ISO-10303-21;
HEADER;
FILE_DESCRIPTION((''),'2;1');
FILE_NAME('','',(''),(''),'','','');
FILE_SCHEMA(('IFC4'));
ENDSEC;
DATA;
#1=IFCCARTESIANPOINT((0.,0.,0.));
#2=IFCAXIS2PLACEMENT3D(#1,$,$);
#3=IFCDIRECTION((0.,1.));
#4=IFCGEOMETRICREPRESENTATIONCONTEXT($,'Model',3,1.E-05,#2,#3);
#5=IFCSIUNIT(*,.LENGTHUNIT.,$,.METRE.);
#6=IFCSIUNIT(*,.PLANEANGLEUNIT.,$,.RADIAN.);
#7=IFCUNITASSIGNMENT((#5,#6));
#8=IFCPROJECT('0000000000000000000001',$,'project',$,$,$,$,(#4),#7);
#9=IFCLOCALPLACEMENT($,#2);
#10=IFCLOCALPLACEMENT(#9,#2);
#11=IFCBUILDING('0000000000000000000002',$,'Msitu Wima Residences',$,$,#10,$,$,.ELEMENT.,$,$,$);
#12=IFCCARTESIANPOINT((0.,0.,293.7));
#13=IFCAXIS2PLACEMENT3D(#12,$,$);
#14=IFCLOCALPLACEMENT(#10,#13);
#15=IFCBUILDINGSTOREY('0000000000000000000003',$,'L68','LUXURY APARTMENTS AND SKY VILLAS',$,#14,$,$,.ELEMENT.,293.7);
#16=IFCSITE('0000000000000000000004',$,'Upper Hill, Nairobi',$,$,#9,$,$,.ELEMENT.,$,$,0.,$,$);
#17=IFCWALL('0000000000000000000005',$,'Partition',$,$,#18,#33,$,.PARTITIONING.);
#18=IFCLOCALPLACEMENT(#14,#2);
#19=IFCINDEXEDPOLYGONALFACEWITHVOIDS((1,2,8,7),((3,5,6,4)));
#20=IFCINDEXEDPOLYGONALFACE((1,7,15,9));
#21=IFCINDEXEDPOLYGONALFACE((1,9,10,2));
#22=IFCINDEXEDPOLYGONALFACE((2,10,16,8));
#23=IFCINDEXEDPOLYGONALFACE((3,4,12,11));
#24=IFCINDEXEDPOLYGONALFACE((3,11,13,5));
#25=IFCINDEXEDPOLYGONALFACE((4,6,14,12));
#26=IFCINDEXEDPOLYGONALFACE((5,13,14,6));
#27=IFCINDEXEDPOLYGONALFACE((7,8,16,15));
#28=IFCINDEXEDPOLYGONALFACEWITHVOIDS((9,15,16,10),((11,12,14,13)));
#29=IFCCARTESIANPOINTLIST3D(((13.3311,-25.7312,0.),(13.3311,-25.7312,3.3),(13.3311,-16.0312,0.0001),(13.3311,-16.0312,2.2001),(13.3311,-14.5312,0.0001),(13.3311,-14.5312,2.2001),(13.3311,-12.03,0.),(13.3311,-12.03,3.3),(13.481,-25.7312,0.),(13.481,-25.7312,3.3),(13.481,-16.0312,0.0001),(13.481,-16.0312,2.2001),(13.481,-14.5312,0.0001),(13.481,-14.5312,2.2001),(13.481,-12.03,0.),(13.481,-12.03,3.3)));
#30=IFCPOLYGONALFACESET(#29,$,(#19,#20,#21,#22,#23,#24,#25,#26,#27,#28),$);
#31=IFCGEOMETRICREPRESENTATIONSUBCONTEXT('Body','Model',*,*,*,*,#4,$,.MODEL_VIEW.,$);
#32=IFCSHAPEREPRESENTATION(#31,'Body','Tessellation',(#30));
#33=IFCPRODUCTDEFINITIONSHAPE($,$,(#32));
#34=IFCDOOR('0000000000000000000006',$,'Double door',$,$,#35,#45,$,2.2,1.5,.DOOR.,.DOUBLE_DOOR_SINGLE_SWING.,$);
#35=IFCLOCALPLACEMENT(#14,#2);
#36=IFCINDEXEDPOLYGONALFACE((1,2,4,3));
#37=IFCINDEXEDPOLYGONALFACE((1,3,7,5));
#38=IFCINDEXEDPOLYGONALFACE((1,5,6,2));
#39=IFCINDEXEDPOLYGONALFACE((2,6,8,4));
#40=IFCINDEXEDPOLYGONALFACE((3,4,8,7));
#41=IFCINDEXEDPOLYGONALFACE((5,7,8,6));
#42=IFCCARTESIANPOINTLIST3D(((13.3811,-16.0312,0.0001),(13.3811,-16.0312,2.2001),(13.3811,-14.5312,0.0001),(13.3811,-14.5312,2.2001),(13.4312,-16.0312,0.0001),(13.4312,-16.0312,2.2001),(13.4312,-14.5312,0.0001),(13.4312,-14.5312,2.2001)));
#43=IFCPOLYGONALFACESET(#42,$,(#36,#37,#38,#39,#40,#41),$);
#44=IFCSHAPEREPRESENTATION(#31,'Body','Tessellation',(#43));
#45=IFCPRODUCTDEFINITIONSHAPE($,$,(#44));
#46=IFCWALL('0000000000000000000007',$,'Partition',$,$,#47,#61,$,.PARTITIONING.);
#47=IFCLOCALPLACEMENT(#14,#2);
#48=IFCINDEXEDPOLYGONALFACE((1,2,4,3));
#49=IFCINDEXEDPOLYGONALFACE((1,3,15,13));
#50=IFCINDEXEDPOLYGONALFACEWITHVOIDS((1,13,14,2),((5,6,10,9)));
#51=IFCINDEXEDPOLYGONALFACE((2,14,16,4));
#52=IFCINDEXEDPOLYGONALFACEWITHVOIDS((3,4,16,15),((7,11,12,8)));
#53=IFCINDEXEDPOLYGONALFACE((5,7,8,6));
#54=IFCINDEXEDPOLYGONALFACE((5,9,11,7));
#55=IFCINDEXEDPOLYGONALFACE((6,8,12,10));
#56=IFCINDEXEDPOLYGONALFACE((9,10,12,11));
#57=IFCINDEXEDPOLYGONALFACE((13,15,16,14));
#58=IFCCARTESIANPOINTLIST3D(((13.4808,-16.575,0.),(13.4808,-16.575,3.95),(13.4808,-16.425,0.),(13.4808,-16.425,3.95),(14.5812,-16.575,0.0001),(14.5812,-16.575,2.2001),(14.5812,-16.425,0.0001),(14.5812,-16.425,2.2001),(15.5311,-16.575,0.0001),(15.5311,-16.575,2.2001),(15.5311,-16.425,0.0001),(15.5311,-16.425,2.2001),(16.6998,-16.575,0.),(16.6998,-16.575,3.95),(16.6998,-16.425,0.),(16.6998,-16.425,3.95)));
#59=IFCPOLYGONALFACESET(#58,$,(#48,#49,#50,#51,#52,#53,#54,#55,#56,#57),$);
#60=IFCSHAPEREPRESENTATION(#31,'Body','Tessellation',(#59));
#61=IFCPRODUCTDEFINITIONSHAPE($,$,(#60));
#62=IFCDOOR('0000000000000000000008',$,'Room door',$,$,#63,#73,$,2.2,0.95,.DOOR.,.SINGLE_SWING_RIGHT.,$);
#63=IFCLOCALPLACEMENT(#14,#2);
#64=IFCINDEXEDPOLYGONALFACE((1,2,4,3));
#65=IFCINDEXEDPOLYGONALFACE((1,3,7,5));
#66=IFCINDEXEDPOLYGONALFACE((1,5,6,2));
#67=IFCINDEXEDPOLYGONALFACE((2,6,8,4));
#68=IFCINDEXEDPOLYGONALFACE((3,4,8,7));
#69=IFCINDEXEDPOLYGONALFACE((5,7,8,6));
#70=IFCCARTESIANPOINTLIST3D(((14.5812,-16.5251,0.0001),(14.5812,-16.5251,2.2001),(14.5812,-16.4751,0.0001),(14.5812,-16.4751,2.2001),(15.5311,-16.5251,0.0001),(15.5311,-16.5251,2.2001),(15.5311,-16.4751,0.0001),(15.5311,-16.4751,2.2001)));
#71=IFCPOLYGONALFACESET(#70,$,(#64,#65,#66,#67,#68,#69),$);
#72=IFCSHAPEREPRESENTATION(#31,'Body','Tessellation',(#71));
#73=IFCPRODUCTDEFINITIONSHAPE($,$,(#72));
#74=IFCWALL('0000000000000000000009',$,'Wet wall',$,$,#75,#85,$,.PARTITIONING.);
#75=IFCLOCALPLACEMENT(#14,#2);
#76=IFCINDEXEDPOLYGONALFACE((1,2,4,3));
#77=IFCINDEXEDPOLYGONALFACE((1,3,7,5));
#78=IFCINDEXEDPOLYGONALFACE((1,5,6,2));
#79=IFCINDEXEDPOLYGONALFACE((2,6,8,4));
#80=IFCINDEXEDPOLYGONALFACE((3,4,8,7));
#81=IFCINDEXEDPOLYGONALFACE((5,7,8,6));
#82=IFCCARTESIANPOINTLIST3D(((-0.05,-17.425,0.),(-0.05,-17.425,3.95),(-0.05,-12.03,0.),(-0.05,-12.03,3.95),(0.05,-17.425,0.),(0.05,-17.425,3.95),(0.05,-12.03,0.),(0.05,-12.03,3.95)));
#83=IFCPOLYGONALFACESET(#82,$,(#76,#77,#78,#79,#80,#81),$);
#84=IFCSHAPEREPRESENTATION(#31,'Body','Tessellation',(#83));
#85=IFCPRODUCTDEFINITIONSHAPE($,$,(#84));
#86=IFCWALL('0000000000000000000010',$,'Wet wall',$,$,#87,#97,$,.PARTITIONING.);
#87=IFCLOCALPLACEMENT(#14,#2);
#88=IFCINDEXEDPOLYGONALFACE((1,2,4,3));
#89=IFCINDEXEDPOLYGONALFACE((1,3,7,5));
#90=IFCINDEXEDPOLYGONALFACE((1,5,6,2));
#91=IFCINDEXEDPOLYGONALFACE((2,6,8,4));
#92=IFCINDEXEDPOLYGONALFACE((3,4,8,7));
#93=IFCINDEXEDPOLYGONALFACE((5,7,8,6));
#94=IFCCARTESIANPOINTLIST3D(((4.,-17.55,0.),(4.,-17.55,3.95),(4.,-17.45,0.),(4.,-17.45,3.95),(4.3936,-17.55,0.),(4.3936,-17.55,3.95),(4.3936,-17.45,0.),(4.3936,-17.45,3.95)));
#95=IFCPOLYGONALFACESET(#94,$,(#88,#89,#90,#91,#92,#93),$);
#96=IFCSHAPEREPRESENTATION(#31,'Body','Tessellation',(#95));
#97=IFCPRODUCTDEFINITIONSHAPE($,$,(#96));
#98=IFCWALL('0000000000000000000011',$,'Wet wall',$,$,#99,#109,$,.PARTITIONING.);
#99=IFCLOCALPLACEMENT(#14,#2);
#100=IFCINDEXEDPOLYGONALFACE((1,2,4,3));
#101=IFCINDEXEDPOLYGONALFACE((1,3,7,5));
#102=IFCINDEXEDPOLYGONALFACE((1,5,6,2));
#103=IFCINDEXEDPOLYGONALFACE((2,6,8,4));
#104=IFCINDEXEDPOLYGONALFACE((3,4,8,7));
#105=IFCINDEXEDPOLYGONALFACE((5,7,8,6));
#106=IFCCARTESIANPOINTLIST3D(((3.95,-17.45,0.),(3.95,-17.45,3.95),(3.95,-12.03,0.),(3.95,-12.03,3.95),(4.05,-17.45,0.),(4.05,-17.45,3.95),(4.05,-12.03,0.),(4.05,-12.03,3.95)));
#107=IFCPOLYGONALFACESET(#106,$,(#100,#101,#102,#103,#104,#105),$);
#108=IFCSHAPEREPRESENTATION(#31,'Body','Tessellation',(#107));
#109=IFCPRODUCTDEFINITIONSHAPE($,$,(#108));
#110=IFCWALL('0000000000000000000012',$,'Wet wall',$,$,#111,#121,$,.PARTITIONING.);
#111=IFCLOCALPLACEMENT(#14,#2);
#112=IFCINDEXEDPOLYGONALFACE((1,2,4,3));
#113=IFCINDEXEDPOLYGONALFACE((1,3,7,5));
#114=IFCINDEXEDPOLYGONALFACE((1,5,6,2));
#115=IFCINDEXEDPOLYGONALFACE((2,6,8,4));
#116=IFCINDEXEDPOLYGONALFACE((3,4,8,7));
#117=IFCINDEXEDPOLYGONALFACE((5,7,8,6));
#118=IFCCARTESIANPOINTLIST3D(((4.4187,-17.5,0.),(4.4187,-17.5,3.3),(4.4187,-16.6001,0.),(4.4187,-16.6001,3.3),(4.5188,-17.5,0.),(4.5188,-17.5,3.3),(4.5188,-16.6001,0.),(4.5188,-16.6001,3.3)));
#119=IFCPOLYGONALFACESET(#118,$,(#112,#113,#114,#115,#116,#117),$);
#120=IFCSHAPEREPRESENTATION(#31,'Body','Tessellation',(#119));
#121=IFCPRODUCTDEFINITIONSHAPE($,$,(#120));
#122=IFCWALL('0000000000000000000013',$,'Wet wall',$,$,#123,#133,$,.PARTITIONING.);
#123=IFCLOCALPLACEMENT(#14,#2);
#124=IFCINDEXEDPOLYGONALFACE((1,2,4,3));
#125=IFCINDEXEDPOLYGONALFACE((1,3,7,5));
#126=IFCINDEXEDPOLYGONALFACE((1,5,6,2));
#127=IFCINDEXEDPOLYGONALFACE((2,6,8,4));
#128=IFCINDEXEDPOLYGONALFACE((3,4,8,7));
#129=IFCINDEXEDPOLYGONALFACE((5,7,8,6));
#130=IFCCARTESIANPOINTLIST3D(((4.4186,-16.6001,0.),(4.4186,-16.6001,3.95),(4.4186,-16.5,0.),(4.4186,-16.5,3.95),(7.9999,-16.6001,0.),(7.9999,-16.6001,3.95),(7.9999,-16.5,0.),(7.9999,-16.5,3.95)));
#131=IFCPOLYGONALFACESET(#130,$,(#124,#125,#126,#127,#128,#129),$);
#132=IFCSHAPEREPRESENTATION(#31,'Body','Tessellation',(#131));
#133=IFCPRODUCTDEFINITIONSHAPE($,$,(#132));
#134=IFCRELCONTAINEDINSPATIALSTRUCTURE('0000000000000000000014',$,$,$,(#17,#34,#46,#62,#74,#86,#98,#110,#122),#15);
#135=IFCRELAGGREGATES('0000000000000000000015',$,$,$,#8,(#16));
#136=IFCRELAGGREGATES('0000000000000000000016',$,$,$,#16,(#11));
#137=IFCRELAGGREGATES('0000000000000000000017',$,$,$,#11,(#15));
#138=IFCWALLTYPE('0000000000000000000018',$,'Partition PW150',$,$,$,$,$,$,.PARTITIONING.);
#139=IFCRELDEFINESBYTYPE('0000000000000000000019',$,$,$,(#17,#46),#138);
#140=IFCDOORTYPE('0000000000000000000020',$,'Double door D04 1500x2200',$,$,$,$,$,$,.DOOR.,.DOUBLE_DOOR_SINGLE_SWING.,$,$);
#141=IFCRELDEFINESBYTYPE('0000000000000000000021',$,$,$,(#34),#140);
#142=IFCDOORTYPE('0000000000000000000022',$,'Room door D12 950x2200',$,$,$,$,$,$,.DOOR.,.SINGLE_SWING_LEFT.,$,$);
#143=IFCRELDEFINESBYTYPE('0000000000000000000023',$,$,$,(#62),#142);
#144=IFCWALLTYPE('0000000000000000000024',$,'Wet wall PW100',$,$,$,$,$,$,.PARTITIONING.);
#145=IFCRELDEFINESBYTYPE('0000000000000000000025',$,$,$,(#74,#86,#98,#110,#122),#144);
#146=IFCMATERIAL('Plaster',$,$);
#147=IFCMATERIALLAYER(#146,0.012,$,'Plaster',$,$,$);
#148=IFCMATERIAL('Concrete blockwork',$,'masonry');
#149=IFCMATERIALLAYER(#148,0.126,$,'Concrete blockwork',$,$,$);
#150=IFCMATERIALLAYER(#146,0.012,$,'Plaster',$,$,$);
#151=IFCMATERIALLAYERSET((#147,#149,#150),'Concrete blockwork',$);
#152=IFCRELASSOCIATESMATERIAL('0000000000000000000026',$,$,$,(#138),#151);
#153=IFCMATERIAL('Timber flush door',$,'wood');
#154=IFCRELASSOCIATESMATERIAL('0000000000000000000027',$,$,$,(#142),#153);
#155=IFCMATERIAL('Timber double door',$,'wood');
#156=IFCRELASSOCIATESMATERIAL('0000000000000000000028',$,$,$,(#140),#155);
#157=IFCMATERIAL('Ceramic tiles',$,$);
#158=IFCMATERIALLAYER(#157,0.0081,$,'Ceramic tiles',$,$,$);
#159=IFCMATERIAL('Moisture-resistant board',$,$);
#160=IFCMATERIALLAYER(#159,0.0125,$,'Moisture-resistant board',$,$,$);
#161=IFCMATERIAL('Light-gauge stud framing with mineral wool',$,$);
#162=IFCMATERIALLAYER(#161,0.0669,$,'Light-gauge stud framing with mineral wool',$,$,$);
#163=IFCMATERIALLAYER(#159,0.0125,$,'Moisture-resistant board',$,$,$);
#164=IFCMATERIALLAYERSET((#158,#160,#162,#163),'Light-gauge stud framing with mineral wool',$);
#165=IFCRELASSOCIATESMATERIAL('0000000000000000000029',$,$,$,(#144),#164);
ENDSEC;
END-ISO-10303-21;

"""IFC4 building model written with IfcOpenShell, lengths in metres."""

from ifc_helpers import new_model, si_unit, direction, frame, frame_2d, origin, place, context, subcontext, project, spatial, rectangle, extrude, material, layer, layer_set, type_object, element, fill, save


model = new_model("IFC4")

# Units and contexts
model_context = context("Model", 3, precision=1e-05, world=origin(), true_north=direction((0.0, 1.0)))
body_context = subcontext(model_context, "Body", "Model", "MODEL_VIEW")
ifc_project = project(units=[si_unit("LENGTHUNIT", "METRE"), si_unit("PLANEANGLEUNIT", "RADIAN")], contexts=[model_context])

# Site, building, storey
site_placement = place(None, origin())
site = spatial("IfcSite", under=ifc_project, at=site_placement, Name="Upper Hill, Nairobi", CompositionType="ELEMENT", RefElevation=0.0)
building_placement = place(site_placement, origin())
building = spatial("IfcBuilding", under=site, at=building_placement, Name="Msitu Wima Residences", CompositionType="ELEMENT")
storey_placement = place(building_placement, frame((0.0, 0.0, 293.7)))
storey = spatial("IfcBuildingStorey", under=building, at=storey_placement, Name="L68", Description="LUXURY APARTMENTS AND SKY VILLAS", CompositionType="ELEMENT", Elevation=293.7)

# Walls, openings, doors
ifc_material_1 = material(Name="Plaster")
ifc_layer_1 = layer(ifc_material_1, 0.012, Name="Plaster")
ifc_material_2 = material(Name="Concrete blockwork", Category="masonry")
ifc_layer_2 = layer(ifc_material_2, 0.126, Name="Concrete blockwork")
ifc_layer_3 = layer(ifc_material_1, 0.012, Name="Plaster")
ifc_layer_set_1 = layer_set([ifc_layer_1, ifc_layer_2, ifc_layer_3], Name="Concrete blockwork")
wall_type_1 = type_object("IfcWallType", Name="Partition PW150", PredefinedType="PARTITIONING", material=ifc_layer_set_1)
ifc_material_3 = material(Name="Timber flush door", Category="wood")
door_type_1 = type_object("IfcDoorType", Name="Room door D12 950x2200", OperationType="SINGLE_SWING_LEFT", PredefinedType="DOOR", material=ifc_material_3)
ifc_material_4 = material(Name="Timber double door", Category="wood")
door_type_2 = type_object("IfcDoorType", Name="Double door D04 1500x2200", OperationType="DOUBLE_DOOR_SINGLE_SWING", PredefinedType="DOOR", material=ifc_material_4)
wall_1_placement = place(storey_placement, frame((13.406, -25.7312, 0.0), z_axis=(0.0, 0.0, 1.0), x_axis=(0.0, 1.0, 0.0)))
wall_1 = element("IfcWall", 1, at=wall_1_placement, inside=storey, type_object=wall_type_1, Name="Partition", PredefinedType="PARTITIONING", context=body_context, shape_type="SweptSolid", body=[
    extrude(rectangle(XDim=13.7012, YDim=0.1499, at=frame_2d((6.8506, 0.0))), origin(), (0.0, 0.0, 1.0), 3.3),
])
opening_1_placement = place(wall_1_placement, frame((9.7, 0.0, 0.0)))
opening_1 = element("IfcOpeningElement", 2, at=opening_1_placement, cuts=wall_1, PredefinedType="OPENING", context=body_context, shape_type="SweptSolid", body=[
    extrude(rectangle(XDim=1.5, YDim=2.2, at=frame_2d((0.75, 1.1001))), frame((0.0, 0.085, 0.0), z_axis=(0.0, -1.0, 0.0), x_axis=(1.0, 0.0, 0.0)), (0.0, 0.0, 1.0), 0.1699),
])
door_1_placement = place(opening_1_placement, origin())
door_1 = element("IfcDoor", 3, at=door_1_placement, inside=storey, type_object=door_type_2, Name="Double door", OperationType="DOUBLE_DOOR_SINGLE_SWING", OverallHeight=2.2, OverallWidth=1.5, PredefinedType="DOOR", context=body_context, shape_type="SweptSolid", body=[
    extrude(rectangle(XDim=1.5, YDim=2.2, at=frame_2d((0.75, 1.1001))), frame((0.0, 0.0249, 0.0), z_axis=(0.0, -1.0, 0.0), x_axis=(1.0, 0.0, 0.0)), (0.0, 0.0, 1.0), 0.05),
])
fill(opening_1, door_1)
wall_2_placement = place(storey_placement, frame((13.481, -16.5, 0.0), z_axis=(0.0, 0.0, 1.0), x_axis=(1.0, 0.0, 0.0)))
wall_2 = element("IfcWall", 4, at=wall_2_placement, inside=storey, type_object=wall_type_1, Name="Partition", PredefinedType="PARTITIONING", context=body_context, shape_type="SweptSolid", body=[
    extrude(rectangle(XDim=3.219, YDim=0.1499, at=frame_2d((1.6094, 0.0))), origin(), (0.0, 0.0, 1.0), 3.95),
])
opening_2_placement = place(wall_2_placement, frame((1.1001, 0.0, 0.0)))
opening_2 = element("IfcOpeningElement", 5, at=opening_2_placement, cuts=wall_2, PredefinedType="OPENING", context=body_context, shape_type="SweptSolid", body=[
    extrude(rectangle(XDim=0.95, YDim=2.2, at=frame_2d((0.4751, 1.1001))), frame((0.0, 0.085, 0.0), z_axis=(0.0, -1.0, 0.0), x_axis=(1.0, 0.0, 0.0)), (0.0, 0.0, 1.0), 0.1699),
])
door_2_placement = place(opening_2_placement, origin())
door_2 = element("IfcDoor", 6, at=door_2_placement, inside=storey, type_object=door_type_1, Name="Room door", OperationType="SINGLE_SWING_RIGHT", OverallHeight=2.2, OverallWidth=0.95, PredefinedType="DOOR", context=body_context, shape_type="SweptSolid", body=[
    extrude(rectangle(XDim=0.95, YDim=2.2, at=frame_2d((0.4751, 1.1001))), frame((0.0, 0.0249, 0.0), z_axis=(0.0, -1.0, 0.0), x_axis=(1.0, 0.0, 0.0)), (0.0, 0.0, 1.0), 0.05),
])
fill(opening_2, door_2)

# Walls
ifc_material_5 = material(Name="Ceramic tiles")
ifc_layer_4 = layer(ifc_material_5, 0.0081, Name="Ceramic tiles")
ifc_material_6 = material(Name="Moisture-resistant board")
ifc_layer_5 = layer(ifc_material_6, 0.0125, Name="Moisture-resistant board")
ifc_material_7 = material(Name="Light-gauge stud framing with mineral wool")
ifc_layer_6 = layer(ifc_material_7, 0.0669, Name="Light-gauge stud framing with mineral wool")
ifc_layer_7 = layer(ifc_material_6, 0.0125, Name="Moisture-resistant board")
ifc_layer_set_2 = layer_set([ifc_layer_4, ifc_layer_5, ifc_layer_6, ifc_layer_7], Name="Light-gauge stud framing with mineral wool")
wall_type_2 = type_object("IfcWallType", Name="Wet wall PW100", PredefinedType="PARTITIONING", material=ifc_layer_set_2)
wall_3_placement = place(storey_placement, frame((0.0, -17.425, 0.0), z_axis=(0.0, 0.0, 1.0), x_axis=(0.0, 1.0, 0.0)))
element("IfcWall", 7, at=wall_3_placement, inside=storey, type_object=wall_type_2, Name="Wet wall", PredefinedType="PARTITIONING", context=body_context, shape_type="SweptSolid", body=[
    extrude(rectangle(XDim=5.395, YDim=0.1001, at=frame_2d((2.6975, 0.0))), origin(), (0.0, 0.0, 1.0), 3.95),
])
wall_4_placement = place(storey_placement, frame((4.0, -17.5, 0.0), z_axis=(0.0, 0.0, 1.0), x_axis=(1.0, 0.0, 0.0)))
element("IfcWall", 8, at=wall_4_placement, inside=storey, type_object=wall_type_2, Name="Wet wall", PredefinedType="PARTITIONING", context=body_context, shape_type="SweptSolid", body=[
    extrude(rectangle(XDim=0.3936, YDim=0.1001, at=frame_2d((0.1968, 0.0))), origin(), (0.0, 0.0, 1.0), 3.95),
])
wall_5_placement = place(storey_placement, frame((4.0, -17.45, 0.0), z_axis=(0.0, 0.0, 1.0), x_axis=(0.0, 1.0, 0.0)))
element("IfcWall", 9, at=wall_5_placement, inside=storey, type_object=wall_type_2, Name="Wet wall", PredefinedType="PARTITIONING", context=body_context, shape_type="SweptSolid", body=[
    extrude(rectangle(XDim=5.4199, YDim=0.1001, at=frame_2d((2.71, 0.0))), origin(), (0.0, 0.0, 1.0), 3.95),
])
wall_6_placement = place(storey_placement, frame((4.4688, -17.5, 0.0), z_axis=(0.0, 0.0, 1.0), x_axis=(0.0, 1.0, 0.0)))
element("IfcWall", 10, at=wall_6_placement, inside=storey, type_object=wall_type_2, Name="Wet wall", PredefinedType="PARTITIONING", context=body_context, shape_type="SweptSolid", body=[
    extrude(rectangle(XDim=0.8999, YDim=0.1001, at=frame_2d((0.45, 0.0))), origin(), (0.0, 0.0, 1.0), 3.3),
])
wall_7_placement = place(storey_placement, frame((4.4187, -16.55, 0.0), z_axis=(0.0, 0.0, 1.0), x_axis=(1.0, 0.0, 0.0)))
element("IfcWall", 11, at=wall_7_placement, inside=storey, type_object=wall_type_2, Name="Wet wall", PredefinedType="PARTITIONING", context=body_context, shape_type="SweptSolid", body=[
    extrude(rectangle(XDim=3.5813, YDim=0.1001, at=frame_2d((1.7905, 0.0))), origin(), (0.0, 0.0, 1.0), 3.95),
])

save(model, "model.ifc")
